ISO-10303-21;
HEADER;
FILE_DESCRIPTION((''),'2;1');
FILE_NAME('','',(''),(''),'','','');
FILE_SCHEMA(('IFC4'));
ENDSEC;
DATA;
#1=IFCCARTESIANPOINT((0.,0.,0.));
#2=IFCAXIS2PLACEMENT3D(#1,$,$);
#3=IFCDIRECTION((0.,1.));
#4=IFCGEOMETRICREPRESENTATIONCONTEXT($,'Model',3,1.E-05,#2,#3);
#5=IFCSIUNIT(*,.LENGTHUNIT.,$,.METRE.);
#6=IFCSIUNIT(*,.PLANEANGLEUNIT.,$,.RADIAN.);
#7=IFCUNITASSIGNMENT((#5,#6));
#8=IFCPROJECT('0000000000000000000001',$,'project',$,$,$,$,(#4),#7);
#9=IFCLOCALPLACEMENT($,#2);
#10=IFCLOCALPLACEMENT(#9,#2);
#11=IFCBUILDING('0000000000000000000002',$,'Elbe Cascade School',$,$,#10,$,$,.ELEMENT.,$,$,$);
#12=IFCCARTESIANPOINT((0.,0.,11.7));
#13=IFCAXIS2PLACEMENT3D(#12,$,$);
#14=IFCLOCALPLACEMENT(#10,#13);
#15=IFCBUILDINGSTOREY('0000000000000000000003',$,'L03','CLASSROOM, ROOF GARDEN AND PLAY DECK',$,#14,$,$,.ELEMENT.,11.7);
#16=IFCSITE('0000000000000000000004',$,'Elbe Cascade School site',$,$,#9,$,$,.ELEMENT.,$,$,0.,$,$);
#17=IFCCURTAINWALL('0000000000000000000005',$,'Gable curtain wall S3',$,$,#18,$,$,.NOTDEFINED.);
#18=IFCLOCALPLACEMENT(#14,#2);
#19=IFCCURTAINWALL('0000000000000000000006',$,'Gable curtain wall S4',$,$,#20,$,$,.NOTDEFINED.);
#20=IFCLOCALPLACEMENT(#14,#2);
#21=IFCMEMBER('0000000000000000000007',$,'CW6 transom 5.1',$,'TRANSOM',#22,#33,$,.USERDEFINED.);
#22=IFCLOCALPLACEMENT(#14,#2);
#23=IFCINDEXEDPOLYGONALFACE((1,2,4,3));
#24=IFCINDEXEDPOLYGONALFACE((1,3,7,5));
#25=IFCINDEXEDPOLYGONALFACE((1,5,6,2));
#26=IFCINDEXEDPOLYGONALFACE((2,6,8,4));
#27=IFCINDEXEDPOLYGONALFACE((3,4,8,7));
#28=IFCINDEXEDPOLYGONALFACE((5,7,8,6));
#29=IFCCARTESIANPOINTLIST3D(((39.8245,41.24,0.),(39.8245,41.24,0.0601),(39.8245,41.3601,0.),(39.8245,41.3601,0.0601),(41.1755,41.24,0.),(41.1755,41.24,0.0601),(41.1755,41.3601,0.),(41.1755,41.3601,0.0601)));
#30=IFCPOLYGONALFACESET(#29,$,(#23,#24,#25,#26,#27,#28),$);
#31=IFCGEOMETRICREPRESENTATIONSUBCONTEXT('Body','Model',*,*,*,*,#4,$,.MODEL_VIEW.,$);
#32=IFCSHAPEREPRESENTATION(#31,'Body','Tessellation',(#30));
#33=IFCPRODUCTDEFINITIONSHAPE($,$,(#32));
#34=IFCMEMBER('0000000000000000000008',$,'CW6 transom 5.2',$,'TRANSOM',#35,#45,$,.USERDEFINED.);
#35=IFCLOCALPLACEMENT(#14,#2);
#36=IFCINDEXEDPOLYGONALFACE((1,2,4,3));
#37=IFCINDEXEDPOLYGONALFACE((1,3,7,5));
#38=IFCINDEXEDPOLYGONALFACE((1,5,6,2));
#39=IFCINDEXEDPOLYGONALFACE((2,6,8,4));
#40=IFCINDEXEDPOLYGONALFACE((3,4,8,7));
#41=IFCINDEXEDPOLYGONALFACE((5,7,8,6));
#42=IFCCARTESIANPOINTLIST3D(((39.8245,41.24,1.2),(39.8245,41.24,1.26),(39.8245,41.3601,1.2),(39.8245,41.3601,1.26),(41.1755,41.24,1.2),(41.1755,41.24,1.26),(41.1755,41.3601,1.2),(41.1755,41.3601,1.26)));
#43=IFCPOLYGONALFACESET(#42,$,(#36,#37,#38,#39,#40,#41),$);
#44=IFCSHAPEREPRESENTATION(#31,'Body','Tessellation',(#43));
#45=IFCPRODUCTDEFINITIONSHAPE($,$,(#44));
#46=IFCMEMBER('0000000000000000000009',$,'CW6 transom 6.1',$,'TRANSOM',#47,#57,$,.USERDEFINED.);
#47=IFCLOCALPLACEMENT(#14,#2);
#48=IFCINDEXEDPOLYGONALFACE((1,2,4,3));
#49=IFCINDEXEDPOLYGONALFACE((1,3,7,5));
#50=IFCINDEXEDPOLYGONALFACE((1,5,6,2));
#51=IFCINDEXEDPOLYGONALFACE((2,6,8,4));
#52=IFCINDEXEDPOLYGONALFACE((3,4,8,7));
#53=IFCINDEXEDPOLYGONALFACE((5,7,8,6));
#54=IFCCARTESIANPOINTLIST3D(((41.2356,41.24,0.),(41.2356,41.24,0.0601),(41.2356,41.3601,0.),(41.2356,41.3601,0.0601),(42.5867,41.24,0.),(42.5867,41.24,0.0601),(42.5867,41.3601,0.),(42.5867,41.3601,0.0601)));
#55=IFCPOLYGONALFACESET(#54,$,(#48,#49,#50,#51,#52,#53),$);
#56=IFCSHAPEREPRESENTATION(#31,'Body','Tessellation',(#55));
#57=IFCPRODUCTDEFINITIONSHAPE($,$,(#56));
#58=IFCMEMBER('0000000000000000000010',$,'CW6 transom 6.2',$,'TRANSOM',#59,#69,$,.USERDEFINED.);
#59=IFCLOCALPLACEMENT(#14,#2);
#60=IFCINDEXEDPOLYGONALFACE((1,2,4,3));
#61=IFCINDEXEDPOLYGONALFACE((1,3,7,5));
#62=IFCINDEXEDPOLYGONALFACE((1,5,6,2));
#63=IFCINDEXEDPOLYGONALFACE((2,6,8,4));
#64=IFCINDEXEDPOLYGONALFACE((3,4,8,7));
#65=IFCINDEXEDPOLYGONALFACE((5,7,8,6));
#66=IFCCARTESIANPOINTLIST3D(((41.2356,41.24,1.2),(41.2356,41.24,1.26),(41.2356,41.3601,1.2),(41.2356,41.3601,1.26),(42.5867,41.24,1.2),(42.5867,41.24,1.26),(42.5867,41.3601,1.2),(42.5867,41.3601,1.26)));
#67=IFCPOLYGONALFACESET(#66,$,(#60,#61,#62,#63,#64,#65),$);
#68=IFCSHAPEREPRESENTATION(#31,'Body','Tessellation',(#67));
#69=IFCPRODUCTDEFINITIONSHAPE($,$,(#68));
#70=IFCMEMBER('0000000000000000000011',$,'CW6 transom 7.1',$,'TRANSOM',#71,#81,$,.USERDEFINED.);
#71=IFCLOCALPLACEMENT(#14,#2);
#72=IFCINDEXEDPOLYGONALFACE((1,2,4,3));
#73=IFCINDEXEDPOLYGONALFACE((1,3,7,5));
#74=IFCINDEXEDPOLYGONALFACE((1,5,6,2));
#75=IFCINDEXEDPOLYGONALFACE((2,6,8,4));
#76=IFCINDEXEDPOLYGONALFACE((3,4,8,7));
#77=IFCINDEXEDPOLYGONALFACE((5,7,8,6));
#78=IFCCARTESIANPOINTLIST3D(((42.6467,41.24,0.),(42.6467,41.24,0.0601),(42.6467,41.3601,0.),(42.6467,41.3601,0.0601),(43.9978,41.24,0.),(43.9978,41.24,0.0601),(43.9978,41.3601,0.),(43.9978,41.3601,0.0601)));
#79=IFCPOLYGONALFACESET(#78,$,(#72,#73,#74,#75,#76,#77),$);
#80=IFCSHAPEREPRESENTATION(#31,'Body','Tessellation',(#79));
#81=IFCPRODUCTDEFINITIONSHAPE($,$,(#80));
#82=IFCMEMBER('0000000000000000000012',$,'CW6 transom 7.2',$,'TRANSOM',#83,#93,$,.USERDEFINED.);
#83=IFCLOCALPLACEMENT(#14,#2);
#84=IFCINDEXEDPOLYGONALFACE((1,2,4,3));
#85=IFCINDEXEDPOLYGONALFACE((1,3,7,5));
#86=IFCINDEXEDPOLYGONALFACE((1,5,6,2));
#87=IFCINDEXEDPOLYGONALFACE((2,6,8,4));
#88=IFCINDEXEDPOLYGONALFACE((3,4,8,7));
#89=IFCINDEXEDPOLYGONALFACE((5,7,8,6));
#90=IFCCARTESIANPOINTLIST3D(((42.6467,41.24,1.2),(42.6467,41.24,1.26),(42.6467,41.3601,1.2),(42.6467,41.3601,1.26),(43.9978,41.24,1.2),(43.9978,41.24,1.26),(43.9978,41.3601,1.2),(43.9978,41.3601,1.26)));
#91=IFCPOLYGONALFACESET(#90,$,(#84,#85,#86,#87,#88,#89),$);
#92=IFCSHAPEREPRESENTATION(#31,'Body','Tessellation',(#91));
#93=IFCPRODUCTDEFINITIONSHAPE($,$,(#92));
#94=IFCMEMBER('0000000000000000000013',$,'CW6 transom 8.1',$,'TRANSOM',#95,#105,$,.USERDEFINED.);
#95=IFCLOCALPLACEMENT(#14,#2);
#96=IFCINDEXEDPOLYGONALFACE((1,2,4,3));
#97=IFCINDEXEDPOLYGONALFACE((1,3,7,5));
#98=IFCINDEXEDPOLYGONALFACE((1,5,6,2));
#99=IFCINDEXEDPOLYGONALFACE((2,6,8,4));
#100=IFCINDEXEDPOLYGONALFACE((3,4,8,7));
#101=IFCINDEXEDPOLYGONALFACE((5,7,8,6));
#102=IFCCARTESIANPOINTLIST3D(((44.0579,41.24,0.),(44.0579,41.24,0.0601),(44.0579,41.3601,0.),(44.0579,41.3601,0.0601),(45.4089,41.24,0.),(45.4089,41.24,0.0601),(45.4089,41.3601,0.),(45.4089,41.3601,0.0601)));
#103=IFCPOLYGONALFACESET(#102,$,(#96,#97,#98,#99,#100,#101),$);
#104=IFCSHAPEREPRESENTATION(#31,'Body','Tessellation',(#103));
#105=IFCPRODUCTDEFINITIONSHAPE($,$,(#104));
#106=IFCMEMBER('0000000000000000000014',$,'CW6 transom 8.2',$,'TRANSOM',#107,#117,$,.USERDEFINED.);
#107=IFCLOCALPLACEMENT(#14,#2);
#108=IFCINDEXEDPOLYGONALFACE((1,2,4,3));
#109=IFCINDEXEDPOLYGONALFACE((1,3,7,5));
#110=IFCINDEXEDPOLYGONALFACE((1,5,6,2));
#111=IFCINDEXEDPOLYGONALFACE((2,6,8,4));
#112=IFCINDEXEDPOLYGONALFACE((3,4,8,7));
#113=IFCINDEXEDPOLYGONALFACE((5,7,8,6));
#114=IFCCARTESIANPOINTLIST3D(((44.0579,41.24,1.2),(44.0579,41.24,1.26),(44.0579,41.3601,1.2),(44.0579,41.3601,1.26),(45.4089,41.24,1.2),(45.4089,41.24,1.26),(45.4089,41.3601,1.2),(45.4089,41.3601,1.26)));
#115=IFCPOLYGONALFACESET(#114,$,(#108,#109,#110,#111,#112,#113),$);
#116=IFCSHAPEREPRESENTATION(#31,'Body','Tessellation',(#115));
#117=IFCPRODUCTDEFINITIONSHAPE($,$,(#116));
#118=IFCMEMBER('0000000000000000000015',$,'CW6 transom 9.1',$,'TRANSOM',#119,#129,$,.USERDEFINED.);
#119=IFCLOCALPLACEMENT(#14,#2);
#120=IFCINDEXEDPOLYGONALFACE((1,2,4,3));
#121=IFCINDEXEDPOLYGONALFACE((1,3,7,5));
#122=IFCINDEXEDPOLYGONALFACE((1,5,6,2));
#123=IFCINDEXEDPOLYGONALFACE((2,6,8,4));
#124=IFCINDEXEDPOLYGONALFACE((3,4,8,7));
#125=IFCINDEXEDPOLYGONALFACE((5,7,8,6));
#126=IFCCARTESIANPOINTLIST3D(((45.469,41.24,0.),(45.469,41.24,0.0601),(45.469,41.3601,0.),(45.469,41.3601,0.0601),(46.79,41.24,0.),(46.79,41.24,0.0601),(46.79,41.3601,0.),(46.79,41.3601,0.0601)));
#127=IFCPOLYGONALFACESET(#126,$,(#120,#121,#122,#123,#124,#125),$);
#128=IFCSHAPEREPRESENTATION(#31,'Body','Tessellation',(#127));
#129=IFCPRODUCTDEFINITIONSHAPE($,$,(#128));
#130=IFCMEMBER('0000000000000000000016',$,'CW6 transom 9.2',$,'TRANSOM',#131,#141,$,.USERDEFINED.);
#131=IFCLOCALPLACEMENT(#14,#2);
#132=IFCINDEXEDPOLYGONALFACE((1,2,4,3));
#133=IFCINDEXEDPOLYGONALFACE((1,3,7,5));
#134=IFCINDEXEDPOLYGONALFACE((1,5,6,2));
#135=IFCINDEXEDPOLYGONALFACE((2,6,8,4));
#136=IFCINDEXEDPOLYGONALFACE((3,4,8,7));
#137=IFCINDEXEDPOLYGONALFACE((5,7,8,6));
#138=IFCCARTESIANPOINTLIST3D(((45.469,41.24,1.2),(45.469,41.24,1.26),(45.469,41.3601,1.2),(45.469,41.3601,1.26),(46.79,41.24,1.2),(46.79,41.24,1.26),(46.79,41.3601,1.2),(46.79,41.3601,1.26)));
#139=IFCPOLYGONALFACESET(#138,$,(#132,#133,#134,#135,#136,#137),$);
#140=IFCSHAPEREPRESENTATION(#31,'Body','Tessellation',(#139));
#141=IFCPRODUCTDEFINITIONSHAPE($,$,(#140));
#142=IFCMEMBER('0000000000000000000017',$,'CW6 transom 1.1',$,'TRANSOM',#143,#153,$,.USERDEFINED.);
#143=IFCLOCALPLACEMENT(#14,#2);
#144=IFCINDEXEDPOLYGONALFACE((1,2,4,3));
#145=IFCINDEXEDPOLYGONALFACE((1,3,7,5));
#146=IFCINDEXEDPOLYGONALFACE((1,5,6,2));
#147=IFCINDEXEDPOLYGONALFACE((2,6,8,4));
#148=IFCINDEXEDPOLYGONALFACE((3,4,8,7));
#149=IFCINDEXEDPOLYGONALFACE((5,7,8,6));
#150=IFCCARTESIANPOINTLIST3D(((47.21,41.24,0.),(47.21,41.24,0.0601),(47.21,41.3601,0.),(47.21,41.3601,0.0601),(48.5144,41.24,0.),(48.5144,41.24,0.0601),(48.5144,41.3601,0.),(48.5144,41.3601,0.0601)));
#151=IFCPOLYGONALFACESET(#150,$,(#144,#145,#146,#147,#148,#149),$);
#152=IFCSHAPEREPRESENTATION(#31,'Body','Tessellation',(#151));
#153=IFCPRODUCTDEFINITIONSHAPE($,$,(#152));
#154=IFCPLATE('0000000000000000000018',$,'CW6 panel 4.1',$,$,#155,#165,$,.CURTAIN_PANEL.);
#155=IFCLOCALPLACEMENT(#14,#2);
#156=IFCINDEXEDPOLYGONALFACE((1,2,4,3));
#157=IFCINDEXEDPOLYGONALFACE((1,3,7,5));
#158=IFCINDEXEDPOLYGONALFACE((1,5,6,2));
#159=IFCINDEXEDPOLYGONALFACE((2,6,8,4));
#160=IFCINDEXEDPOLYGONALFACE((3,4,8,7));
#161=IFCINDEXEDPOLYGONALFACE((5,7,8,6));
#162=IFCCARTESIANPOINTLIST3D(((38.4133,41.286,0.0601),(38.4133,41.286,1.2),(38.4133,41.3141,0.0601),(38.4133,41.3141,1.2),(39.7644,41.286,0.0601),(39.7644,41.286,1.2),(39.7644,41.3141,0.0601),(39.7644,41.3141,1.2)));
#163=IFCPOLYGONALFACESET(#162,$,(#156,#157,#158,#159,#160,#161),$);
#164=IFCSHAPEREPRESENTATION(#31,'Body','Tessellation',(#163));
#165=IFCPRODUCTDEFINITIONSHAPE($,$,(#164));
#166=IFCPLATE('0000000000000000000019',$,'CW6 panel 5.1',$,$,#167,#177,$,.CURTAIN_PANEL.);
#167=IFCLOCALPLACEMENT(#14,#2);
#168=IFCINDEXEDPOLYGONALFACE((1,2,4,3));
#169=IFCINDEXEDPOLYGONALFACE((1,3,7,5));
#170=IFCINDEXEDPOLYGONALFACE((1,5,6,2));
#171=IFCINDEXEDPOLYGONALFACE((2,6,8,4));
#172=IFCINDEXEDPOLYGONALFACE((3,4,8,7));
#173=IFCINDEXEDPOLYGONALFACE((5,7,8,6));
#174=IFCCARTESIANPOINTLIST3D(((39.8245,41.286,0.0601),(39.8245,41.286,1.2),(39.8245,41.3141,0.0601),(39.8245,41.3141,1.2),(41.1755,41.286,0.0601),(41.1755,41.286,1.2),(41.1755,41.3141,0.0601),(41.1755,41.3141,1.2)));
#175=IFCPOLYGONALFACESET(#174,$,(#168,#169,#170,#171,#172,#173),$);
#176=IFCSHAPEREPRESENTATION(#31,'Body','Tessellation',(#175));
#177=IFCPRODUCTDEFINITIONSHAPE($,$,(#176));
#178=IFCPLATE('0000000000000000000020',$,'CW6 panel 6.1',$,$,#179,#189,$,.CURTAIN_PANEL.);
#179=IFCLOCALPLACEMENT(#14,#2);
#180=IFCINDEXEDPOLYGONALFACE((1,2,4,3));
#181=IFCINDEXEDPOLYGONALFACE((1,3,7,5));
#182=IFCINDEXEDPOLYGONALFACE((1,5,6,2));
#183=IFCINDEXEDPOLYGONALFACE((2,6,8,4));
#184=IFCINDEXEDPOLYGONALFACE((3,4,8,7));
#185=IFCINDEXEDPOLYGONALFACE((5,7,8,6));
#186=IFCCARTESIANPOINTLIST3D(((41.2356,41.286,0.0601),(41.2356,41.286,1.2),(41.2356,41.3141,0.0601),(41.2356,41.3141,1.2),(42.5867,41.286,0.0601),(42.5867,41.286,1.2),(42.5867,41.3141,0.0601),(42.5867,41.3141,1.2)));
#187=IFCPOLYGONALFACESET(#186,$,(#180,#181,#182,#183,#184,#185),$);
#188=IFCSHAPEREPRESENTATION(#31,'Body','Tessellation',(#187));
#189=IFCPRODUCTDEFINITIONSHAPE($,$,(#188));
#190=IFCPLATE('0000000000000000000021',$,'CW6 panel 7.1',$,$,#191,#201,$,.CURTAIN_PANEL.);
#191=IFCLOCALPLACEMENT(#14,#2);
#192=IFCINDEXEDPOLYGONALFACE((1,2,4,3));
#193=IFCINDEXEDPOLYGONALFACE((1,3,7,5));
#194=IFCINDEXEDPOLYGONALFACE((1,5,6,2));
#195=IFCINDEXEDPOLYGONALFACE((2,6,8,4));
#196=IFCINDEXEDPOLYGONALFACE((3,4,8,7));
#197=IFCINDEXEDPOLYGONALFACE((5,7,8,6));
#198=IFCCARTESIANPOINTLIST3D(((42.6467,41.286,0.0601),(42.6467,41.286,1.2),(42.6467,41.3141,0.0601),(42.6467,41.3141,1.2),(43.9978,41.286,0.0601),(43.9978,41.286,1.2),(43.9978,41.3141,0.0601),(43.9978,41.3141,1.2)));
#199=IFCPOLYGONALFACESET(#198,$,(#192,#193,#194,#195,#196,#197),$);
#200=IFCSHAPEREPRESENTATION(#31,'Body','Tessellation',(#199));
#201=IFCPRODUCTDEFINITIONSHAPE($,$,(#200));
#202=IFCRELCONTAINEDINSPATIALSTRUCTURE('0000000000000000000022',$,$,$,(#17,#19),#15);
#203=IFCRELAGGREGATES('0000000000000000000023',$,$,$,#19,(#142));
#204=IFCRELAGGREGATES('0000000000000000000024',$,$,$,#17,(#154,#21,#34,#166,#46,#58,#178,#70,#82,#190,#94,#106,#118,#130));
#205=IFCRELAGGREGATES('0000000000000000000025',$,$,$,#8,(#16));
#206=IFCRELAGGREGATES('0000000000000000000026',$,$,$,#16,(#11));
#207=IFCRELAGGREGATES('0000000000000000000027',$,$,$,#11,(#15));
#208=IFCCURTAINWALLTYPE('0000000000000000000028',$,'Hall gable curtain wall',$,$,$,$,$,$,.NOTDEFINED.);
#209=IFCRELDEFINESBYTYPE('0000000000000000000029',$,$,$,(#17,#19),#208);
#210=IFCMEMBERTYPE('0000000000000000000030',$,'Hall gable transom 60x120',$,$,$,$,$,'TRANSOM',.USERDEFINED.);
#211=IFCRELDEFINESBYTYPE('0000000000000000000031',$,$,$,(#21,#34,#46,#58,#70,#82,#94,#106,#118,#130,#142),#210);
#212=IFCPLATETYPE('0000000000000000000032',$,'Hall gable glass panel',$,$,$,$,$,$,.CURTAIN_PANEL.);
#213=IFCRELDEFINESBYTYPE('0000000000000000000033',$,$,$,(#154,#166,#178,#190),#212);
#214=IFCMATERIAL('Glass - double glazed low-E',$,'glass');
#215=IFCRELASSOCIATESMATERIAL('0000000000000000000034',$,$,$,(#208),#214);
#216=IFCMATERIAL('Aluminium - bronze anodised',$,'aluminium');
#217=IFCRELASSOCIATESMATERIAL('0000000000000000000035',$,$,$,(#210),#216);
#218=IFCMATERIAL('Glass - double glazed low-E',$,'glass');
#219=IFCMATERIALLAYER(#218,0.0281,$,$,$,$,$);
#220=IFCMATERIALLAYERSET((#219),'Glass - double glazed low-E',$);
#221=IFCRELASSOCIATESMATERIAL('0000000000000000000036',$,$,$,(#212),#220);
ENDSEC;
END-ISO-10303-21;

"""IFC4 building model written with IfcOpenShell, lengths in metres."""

from ifc_helpers import new_model, si_unit, direction, frame, origin, origin_2d, place, context, subcontext, project, spatial, rectangle, extrude, material, layer, layer_set, material_profile, profile_set, type_object, element, aggregate, save


model = new_model("IFC4")

# Units and contexts
model_context = context("Model", 3, precision=1e-05, world=origin(), true_north=direction((0.0, 1.0)))
body_context = subcontext(model_context, "Body", "Model", "MODEL_VIEW")
ifc_project = project(units=[si_unit("LENGTHUNIT", "METRE"), si_unit("PLANEANGLEUNIT", "RADIAN")], contexts=[model_context])

# Site, building, storey
site_placement = place(None, origin())
site = spatial("IfcSite", under=ifc_project, at=site_placement, Name="Elbe Cascade School site", CompositionType="ELEMENT", RefElevation=0.0)
building_placement = place(site_placement, origin())
building = spatial("IfcBuilding", under=site, at=building_placement, Name="Elbe Cascade School", CompositionType="ELEMENT")
storey_placement = place(building_placement, frame((0.0, 0.0, 11.7)))
storey = spatial("IfcBuildingStorey", under=building, at=storey_placement, Name="L03", Description="CLASSROOM, ROOF GARDEN AND PLAY DECK", CompositionType="ELEMENT", Elevation=11.7)

# Curtain wall
ifc_material_1 = material(Name="Glass - double glazed low-E", Category="glass")
curtain_wall_type = type_object("IfcCurtainWallType", Name="Hall gable curtain wall", PredefinedType="NOTDEFINED", material=ifc_material_1)
curtain_wall_1_placement = place(storey_placement, origin())
curtain_wall_1 = element("IfcCurtainWall", 1, at=curtain_wall_1_placement, inside=storey, type_object=curtain_wall_type, Name="Gable curtain wall S3", PredefinedType="NOTDEFINED")

# Curtain wall
curtain_wall_2_placement = place(storey_placement, origin())
curtain_wall_2 = element("IfcCurtainWall", 2, at=curtain_wall_2_placement, inside=storey, type_object=curtain_wall_type, Name="Gable curtain wall S4", PredefinedType="NOTDEFINED")

# Members
ifc_material_2 = material(Name="Aluminium - bronze anodised", Category="aluminium")
ifc_material_profile_1 = material_profile(ifc_material_2, rectangle(XDim=0.1201, YDim=0.0601, at=origin_2d()), Name="Alu 60x120")
ifc_profile_set_1 = profile_set([ifc_material_profile_1], Name="Aluminium - bronze anodised")
member_type_1 = type_object("IfcMemberType", Name="Hall gable transom 60x120", ElementType="TRANSOM", PredefinedType="USERDEFINED", material=ifc_profile_set_1)
member_1_placement = place(storey_placement, frame((39.8245, 41.3, 0.03), z_axis=(1.0, 0.0, 0.0), x_axis=(0.0, 1.0, 0.0)))
member_1 = element("IfcMember", 3, at=member_1_placement, type_object=member_type_1, Name="CW6 transom 5.1", ObjectType="TRANSOM", PredefinedType="USERDEFINED", context=body_context, shape_type="SweptSolid", body=[
    extrude(rectangle(XDim=0.1201, YDim=0.0601, at=origin_2d()), origin(), (0.0, 0.0, 1.0), 1.3511),
])
member_2_placement = place(storey_placement, frame((39.8245, 41.3, 1.23), z_axis=(1.0, 0.0, 0.0), x_axis=(0.0, 1.0, 0.0)))
member_2 = element("IfcMember", 4, at=member_2_placement, type_object=member_type_1, Name="CW6 transom 5.2", ObjectType="TRANSOM", PredefinedType="USERDEFINED", context=body_context, shape_type="SweptSolid", body=[
    extrude(rectangle(XDim=0.1201, YDim=0.0601, at=origin_2d()), origin(), (0.0, 0.0, 1.0), 1.3511),
])
member_3_placement = place(storey_placement, frame((41.2356, 41.3, 0.03), z_axis=(1.0, 0.0, 0.0), x_axis=(0.0, 1.0, 0.0)))
member_3 = element("IfcMember", 5, at=member_3_placement, type_object=member_type_1, Name="CW6 transom 6.1", ObjectType="TRANSOM", PredefinedType="USERDEFINED", context=body_context, shape_type="SweptSolid", body=[
    extrude(rectangle(XDim=0.1201, YDim=0.0601, at=origin_2d()), origin(), (0.0, 0.0, 1.0), 1.3511),
])
member_4_placement = place(storey_placement, frame((41.2356, 41.3, 1.23), z_axis=(1.0, 0.0, 0.0), x_axis=(0.0, 1.0, 0.0)))
member_4 = element("IfcMember", 6, at=member_4_placement, type_object=member_type_1, Name="CW6 transom 6.2", ObjectType="TRANSOM", PredefinedType="USERDEFINED", context=body_context, shape_type="SweptSolid", body=[
    extrude(rectangle(XDim=0.1201, YDim=0.0601, at=origin_2d()), origin(), (0.0, 0.0, 1.0), 1.3511),
])
member_5_placement = place(storey_placement, frame((42.6467, 41.3, 0.03), z_axis=(1.0, 0.0, 0.0), x_axis=(0.0, 1.0, 0.0)))
member_5 = element("IfcMember", 7, at=member_5_placement, type_object=member_type_1, Name="CW6 transom 7.1", ObjectType="TRANSOM", PredefinedType="USERDEFINED", context=body_context, shape_type="SweptSolid", body=[
    extrude(rectangle(XDim=0.1201, YDim=0.0601, at=origin_2d()), origin(), (0.0, 0.0, 1.0), 1.3511),
])
member_6_placement = place(storey_placement, frame((42.6467, 41.3, 1.23), z_axis=(1.0, 0.0, 0.0), x_axis=(0.0, 1.0, 0.0)))
member_6 = element("IfcMember", 8, at=member_6_placement, type_object=member_type_1, Name="CW6 transom 7.2", ObjectType="TRANSOM", PredefinedType="USERDEFINED", context=body_context, shape_type="SweptSolid", body=[
    extrude(rectangle(XDim=0.1201, YDim=0.0601, at=origin_2d()), origin(), (0.0, 0.0, 1.0), 1.3511),
])
member_7_placement = place(storey_placement, frame((44.0579, 41.3, 0.03), z_axis=(1.0, 0.0, 0.0), x_axis=(0.0, 1.0, 0.0)))
member_7 = element("IfcMember", 9, at=member_7_placement, type_object=member_type_1, Name="CW6 transom 8.1", ObjectType="TRANSOM", PredefinedType="USERDEFINED", context=body_context, shape_type="SweptSolid", body=[
    extrude(rectangle(XDim=0.1201, YDim=0.0601, at=origin_2d()), origin(), (0.0, 0.0, 1.0), 1.3511),
])
member_8_placement = place(storey_placement, frame((44.0579, 41.3, 1.23), z_axis=(1.0, 0.0, 0.0), x_axis=(0.0, 1.0, 0.0)))
member_8 = element("IfcMember", 10, at=member_8_placement, type_object=member_type_1, Name="CW6 transom 8.2", ObjectType="TRANSOM", PredefinedType="USERDEFINED", context=body_context, shape_type="SweptSolid", body=[
    extrude(rectangle(XDim=0.1201, YDim=0.0601, at=origin_2d()), origin(), (0.0, 0.0, 1.0), 1.3511),
])
member_9_placement = place(storey_placement, frame((45.469, 41.3, 0.03), z_axis=(1.0, 0.0, 0.0), x_axis=(0.0, 1.0, 0.0)))
member_9 = element("IfcMember", 11, at=member_9_placement, type_object=member_type_1, Name="CW6 transom 9.1", ObjectType="TRANSOM", PredefinedType="USERDEFINED", context=body_context, shape_type="SweptSolid", body=[
    extrude(rectangle(XDim=0.1201, YDim=0.0601, at=origin_2d()), origin(), (0.0, 0.0, 1.0), 1.321),
])
member_10_placement = place(storey_placement, frame((45.469, 41.3, 1.23), z_axis=(1.0, 0.0, 0.0), x_axis=(0.0, 1.0, 0.0)))
member_10 = element("IfcMember", 12, at=member_10_placement, type_object=member_type_1, Name="CW6 transom 9.2", ObjectType="TRANSOM", PredefinedType="USERDEFINED", context=body_context, shape_type="SweptSolid", body=[
    extrude(rectangle(XDim=0.1201, YDim=0.0601, at=origin_2d()), origin(), (0.0, 0.0, 1.0), 1.321),
])
member_11_placement = place(storey_placement, frame((47.21, 41.3, 0.03), z_axis=(1.0, 0.0, 0.0), x_axis=(0.0, 1.0, 0.0)))
member_11 = element("IfcMember", 13, at=member_11_placement, type_object=member_type_1, Name="CW6 transom 1.1", ObjectType="TRANSOM", PredefinedType="USERDEFINED", context=body_context, shape_type="SweptSolid", body=[
    extrude(rectangle(XDim=0.1201, YDim=0.0601, at=origin_2d()), origin(), (0.0, 0.0, 1.0), 1.3044),
])
aggregate(curtain_wall_2, [member_11])

# Plates
ifc_material_3 = material(Name="Glass - double glazed low-E", Category="glass")
ifc_layer_1 = layer(ifc_material_3, 0.0281)
ifc_layer_set_1 = layer_set([ifc_layer_1], Name="Glass - double glazed low-E")
plate_type = type_object("IfcPlateType", Name="Hall gable glass panel", PredefinedType="CURTAIN_PANEL", material=ifc_layer_set_1)
plate_1_placement = place(storey_placement, frame((39.0889, 41.3, 0.0601), z_axis=(0.0, 0.0, 1.0), x_axis=(1.0, 0.0, 0.0)))
plate_1 = element("IfcPlate", 14, at=plate_1_placement, type_object=plate_type, Name="CW6 panel 4.1", PredefinedType="CURTAIN_PANEL", context=body_context, shape_type="SweptSolid", body=[
    extrude(rectangle(XDim=1.3511, YDim=0.0281, at=origin_2d()), origin(), (0.0, 0.0, 1.0), 1.1399),
])
plate_2_placement = place(storey_placement, frame((40.5, 41.3, 0.0601), z_axis=(0.0, 0.0, 1.0), x_axis=(1.0, 0.0, 0.0)))
plate_2 = element("IfcPlate", 15, at=plate_2_placement, type_object=plate_type, Name="CW6 panel 5.1", PredefinedType="CURTAIN_PANEL", context=body_context, shape_type="SweptSolid", body=[
    extrude(rectangle(XDim=1.3511, YDim=0.0281, at=origin_2d()), origin(), (0.0, 0.0, 1.0), 1.1399),
])
plate_3_placement = place(storey_placement, frame((41.9111, 41.3, 0.0601), z_axis=(0.0, 0.0, 1.0), x_axis=(1.0, 0.0, 0.0)))
plate_3 = element("IfcPlate", 16, at=plate_3_placement, type_object=plate_type, Name="CW6 panel 6.1", PredefinedType="CURTAIN_PANEL", context=body_context, shape_type="SweptSolid", body=[
    extrude(rectangle(XDim=1.3511, YDim=0.0281, at=origin_2d()), origin(), (0.0, 0.0, 1.0), 1.1399),
])
plate_4_placement = place(storey_placement, frame((43.3223, 41.3, 0.0601), z_axis=(0.0, 0.0, 1.0), x_axis=(1.0, 0.0, 0.0)))
plate_4 = element("IfcPlate", 17, at=plate_4_placement, type_object=plate_type, Name="CW6 panel 7.1", PredefinedType="CURTAIN_PANEL", context=body_context, shape_type="SweptSolid", body=[
    extrude(rectangle(XDim=1.3511, YDim=0.0281, at=origin_2d()), origin(), (0.0, 0.0, 1.0), 1.1399),
])
aggregate(curtain_wall_1, [plate_1, member_1, member_2, plate_2, member_3, member_4, plate_3, member_5, member_6, plate_4, member_7, member_8, member_9, member_10])

save(model, "model.ifc")
